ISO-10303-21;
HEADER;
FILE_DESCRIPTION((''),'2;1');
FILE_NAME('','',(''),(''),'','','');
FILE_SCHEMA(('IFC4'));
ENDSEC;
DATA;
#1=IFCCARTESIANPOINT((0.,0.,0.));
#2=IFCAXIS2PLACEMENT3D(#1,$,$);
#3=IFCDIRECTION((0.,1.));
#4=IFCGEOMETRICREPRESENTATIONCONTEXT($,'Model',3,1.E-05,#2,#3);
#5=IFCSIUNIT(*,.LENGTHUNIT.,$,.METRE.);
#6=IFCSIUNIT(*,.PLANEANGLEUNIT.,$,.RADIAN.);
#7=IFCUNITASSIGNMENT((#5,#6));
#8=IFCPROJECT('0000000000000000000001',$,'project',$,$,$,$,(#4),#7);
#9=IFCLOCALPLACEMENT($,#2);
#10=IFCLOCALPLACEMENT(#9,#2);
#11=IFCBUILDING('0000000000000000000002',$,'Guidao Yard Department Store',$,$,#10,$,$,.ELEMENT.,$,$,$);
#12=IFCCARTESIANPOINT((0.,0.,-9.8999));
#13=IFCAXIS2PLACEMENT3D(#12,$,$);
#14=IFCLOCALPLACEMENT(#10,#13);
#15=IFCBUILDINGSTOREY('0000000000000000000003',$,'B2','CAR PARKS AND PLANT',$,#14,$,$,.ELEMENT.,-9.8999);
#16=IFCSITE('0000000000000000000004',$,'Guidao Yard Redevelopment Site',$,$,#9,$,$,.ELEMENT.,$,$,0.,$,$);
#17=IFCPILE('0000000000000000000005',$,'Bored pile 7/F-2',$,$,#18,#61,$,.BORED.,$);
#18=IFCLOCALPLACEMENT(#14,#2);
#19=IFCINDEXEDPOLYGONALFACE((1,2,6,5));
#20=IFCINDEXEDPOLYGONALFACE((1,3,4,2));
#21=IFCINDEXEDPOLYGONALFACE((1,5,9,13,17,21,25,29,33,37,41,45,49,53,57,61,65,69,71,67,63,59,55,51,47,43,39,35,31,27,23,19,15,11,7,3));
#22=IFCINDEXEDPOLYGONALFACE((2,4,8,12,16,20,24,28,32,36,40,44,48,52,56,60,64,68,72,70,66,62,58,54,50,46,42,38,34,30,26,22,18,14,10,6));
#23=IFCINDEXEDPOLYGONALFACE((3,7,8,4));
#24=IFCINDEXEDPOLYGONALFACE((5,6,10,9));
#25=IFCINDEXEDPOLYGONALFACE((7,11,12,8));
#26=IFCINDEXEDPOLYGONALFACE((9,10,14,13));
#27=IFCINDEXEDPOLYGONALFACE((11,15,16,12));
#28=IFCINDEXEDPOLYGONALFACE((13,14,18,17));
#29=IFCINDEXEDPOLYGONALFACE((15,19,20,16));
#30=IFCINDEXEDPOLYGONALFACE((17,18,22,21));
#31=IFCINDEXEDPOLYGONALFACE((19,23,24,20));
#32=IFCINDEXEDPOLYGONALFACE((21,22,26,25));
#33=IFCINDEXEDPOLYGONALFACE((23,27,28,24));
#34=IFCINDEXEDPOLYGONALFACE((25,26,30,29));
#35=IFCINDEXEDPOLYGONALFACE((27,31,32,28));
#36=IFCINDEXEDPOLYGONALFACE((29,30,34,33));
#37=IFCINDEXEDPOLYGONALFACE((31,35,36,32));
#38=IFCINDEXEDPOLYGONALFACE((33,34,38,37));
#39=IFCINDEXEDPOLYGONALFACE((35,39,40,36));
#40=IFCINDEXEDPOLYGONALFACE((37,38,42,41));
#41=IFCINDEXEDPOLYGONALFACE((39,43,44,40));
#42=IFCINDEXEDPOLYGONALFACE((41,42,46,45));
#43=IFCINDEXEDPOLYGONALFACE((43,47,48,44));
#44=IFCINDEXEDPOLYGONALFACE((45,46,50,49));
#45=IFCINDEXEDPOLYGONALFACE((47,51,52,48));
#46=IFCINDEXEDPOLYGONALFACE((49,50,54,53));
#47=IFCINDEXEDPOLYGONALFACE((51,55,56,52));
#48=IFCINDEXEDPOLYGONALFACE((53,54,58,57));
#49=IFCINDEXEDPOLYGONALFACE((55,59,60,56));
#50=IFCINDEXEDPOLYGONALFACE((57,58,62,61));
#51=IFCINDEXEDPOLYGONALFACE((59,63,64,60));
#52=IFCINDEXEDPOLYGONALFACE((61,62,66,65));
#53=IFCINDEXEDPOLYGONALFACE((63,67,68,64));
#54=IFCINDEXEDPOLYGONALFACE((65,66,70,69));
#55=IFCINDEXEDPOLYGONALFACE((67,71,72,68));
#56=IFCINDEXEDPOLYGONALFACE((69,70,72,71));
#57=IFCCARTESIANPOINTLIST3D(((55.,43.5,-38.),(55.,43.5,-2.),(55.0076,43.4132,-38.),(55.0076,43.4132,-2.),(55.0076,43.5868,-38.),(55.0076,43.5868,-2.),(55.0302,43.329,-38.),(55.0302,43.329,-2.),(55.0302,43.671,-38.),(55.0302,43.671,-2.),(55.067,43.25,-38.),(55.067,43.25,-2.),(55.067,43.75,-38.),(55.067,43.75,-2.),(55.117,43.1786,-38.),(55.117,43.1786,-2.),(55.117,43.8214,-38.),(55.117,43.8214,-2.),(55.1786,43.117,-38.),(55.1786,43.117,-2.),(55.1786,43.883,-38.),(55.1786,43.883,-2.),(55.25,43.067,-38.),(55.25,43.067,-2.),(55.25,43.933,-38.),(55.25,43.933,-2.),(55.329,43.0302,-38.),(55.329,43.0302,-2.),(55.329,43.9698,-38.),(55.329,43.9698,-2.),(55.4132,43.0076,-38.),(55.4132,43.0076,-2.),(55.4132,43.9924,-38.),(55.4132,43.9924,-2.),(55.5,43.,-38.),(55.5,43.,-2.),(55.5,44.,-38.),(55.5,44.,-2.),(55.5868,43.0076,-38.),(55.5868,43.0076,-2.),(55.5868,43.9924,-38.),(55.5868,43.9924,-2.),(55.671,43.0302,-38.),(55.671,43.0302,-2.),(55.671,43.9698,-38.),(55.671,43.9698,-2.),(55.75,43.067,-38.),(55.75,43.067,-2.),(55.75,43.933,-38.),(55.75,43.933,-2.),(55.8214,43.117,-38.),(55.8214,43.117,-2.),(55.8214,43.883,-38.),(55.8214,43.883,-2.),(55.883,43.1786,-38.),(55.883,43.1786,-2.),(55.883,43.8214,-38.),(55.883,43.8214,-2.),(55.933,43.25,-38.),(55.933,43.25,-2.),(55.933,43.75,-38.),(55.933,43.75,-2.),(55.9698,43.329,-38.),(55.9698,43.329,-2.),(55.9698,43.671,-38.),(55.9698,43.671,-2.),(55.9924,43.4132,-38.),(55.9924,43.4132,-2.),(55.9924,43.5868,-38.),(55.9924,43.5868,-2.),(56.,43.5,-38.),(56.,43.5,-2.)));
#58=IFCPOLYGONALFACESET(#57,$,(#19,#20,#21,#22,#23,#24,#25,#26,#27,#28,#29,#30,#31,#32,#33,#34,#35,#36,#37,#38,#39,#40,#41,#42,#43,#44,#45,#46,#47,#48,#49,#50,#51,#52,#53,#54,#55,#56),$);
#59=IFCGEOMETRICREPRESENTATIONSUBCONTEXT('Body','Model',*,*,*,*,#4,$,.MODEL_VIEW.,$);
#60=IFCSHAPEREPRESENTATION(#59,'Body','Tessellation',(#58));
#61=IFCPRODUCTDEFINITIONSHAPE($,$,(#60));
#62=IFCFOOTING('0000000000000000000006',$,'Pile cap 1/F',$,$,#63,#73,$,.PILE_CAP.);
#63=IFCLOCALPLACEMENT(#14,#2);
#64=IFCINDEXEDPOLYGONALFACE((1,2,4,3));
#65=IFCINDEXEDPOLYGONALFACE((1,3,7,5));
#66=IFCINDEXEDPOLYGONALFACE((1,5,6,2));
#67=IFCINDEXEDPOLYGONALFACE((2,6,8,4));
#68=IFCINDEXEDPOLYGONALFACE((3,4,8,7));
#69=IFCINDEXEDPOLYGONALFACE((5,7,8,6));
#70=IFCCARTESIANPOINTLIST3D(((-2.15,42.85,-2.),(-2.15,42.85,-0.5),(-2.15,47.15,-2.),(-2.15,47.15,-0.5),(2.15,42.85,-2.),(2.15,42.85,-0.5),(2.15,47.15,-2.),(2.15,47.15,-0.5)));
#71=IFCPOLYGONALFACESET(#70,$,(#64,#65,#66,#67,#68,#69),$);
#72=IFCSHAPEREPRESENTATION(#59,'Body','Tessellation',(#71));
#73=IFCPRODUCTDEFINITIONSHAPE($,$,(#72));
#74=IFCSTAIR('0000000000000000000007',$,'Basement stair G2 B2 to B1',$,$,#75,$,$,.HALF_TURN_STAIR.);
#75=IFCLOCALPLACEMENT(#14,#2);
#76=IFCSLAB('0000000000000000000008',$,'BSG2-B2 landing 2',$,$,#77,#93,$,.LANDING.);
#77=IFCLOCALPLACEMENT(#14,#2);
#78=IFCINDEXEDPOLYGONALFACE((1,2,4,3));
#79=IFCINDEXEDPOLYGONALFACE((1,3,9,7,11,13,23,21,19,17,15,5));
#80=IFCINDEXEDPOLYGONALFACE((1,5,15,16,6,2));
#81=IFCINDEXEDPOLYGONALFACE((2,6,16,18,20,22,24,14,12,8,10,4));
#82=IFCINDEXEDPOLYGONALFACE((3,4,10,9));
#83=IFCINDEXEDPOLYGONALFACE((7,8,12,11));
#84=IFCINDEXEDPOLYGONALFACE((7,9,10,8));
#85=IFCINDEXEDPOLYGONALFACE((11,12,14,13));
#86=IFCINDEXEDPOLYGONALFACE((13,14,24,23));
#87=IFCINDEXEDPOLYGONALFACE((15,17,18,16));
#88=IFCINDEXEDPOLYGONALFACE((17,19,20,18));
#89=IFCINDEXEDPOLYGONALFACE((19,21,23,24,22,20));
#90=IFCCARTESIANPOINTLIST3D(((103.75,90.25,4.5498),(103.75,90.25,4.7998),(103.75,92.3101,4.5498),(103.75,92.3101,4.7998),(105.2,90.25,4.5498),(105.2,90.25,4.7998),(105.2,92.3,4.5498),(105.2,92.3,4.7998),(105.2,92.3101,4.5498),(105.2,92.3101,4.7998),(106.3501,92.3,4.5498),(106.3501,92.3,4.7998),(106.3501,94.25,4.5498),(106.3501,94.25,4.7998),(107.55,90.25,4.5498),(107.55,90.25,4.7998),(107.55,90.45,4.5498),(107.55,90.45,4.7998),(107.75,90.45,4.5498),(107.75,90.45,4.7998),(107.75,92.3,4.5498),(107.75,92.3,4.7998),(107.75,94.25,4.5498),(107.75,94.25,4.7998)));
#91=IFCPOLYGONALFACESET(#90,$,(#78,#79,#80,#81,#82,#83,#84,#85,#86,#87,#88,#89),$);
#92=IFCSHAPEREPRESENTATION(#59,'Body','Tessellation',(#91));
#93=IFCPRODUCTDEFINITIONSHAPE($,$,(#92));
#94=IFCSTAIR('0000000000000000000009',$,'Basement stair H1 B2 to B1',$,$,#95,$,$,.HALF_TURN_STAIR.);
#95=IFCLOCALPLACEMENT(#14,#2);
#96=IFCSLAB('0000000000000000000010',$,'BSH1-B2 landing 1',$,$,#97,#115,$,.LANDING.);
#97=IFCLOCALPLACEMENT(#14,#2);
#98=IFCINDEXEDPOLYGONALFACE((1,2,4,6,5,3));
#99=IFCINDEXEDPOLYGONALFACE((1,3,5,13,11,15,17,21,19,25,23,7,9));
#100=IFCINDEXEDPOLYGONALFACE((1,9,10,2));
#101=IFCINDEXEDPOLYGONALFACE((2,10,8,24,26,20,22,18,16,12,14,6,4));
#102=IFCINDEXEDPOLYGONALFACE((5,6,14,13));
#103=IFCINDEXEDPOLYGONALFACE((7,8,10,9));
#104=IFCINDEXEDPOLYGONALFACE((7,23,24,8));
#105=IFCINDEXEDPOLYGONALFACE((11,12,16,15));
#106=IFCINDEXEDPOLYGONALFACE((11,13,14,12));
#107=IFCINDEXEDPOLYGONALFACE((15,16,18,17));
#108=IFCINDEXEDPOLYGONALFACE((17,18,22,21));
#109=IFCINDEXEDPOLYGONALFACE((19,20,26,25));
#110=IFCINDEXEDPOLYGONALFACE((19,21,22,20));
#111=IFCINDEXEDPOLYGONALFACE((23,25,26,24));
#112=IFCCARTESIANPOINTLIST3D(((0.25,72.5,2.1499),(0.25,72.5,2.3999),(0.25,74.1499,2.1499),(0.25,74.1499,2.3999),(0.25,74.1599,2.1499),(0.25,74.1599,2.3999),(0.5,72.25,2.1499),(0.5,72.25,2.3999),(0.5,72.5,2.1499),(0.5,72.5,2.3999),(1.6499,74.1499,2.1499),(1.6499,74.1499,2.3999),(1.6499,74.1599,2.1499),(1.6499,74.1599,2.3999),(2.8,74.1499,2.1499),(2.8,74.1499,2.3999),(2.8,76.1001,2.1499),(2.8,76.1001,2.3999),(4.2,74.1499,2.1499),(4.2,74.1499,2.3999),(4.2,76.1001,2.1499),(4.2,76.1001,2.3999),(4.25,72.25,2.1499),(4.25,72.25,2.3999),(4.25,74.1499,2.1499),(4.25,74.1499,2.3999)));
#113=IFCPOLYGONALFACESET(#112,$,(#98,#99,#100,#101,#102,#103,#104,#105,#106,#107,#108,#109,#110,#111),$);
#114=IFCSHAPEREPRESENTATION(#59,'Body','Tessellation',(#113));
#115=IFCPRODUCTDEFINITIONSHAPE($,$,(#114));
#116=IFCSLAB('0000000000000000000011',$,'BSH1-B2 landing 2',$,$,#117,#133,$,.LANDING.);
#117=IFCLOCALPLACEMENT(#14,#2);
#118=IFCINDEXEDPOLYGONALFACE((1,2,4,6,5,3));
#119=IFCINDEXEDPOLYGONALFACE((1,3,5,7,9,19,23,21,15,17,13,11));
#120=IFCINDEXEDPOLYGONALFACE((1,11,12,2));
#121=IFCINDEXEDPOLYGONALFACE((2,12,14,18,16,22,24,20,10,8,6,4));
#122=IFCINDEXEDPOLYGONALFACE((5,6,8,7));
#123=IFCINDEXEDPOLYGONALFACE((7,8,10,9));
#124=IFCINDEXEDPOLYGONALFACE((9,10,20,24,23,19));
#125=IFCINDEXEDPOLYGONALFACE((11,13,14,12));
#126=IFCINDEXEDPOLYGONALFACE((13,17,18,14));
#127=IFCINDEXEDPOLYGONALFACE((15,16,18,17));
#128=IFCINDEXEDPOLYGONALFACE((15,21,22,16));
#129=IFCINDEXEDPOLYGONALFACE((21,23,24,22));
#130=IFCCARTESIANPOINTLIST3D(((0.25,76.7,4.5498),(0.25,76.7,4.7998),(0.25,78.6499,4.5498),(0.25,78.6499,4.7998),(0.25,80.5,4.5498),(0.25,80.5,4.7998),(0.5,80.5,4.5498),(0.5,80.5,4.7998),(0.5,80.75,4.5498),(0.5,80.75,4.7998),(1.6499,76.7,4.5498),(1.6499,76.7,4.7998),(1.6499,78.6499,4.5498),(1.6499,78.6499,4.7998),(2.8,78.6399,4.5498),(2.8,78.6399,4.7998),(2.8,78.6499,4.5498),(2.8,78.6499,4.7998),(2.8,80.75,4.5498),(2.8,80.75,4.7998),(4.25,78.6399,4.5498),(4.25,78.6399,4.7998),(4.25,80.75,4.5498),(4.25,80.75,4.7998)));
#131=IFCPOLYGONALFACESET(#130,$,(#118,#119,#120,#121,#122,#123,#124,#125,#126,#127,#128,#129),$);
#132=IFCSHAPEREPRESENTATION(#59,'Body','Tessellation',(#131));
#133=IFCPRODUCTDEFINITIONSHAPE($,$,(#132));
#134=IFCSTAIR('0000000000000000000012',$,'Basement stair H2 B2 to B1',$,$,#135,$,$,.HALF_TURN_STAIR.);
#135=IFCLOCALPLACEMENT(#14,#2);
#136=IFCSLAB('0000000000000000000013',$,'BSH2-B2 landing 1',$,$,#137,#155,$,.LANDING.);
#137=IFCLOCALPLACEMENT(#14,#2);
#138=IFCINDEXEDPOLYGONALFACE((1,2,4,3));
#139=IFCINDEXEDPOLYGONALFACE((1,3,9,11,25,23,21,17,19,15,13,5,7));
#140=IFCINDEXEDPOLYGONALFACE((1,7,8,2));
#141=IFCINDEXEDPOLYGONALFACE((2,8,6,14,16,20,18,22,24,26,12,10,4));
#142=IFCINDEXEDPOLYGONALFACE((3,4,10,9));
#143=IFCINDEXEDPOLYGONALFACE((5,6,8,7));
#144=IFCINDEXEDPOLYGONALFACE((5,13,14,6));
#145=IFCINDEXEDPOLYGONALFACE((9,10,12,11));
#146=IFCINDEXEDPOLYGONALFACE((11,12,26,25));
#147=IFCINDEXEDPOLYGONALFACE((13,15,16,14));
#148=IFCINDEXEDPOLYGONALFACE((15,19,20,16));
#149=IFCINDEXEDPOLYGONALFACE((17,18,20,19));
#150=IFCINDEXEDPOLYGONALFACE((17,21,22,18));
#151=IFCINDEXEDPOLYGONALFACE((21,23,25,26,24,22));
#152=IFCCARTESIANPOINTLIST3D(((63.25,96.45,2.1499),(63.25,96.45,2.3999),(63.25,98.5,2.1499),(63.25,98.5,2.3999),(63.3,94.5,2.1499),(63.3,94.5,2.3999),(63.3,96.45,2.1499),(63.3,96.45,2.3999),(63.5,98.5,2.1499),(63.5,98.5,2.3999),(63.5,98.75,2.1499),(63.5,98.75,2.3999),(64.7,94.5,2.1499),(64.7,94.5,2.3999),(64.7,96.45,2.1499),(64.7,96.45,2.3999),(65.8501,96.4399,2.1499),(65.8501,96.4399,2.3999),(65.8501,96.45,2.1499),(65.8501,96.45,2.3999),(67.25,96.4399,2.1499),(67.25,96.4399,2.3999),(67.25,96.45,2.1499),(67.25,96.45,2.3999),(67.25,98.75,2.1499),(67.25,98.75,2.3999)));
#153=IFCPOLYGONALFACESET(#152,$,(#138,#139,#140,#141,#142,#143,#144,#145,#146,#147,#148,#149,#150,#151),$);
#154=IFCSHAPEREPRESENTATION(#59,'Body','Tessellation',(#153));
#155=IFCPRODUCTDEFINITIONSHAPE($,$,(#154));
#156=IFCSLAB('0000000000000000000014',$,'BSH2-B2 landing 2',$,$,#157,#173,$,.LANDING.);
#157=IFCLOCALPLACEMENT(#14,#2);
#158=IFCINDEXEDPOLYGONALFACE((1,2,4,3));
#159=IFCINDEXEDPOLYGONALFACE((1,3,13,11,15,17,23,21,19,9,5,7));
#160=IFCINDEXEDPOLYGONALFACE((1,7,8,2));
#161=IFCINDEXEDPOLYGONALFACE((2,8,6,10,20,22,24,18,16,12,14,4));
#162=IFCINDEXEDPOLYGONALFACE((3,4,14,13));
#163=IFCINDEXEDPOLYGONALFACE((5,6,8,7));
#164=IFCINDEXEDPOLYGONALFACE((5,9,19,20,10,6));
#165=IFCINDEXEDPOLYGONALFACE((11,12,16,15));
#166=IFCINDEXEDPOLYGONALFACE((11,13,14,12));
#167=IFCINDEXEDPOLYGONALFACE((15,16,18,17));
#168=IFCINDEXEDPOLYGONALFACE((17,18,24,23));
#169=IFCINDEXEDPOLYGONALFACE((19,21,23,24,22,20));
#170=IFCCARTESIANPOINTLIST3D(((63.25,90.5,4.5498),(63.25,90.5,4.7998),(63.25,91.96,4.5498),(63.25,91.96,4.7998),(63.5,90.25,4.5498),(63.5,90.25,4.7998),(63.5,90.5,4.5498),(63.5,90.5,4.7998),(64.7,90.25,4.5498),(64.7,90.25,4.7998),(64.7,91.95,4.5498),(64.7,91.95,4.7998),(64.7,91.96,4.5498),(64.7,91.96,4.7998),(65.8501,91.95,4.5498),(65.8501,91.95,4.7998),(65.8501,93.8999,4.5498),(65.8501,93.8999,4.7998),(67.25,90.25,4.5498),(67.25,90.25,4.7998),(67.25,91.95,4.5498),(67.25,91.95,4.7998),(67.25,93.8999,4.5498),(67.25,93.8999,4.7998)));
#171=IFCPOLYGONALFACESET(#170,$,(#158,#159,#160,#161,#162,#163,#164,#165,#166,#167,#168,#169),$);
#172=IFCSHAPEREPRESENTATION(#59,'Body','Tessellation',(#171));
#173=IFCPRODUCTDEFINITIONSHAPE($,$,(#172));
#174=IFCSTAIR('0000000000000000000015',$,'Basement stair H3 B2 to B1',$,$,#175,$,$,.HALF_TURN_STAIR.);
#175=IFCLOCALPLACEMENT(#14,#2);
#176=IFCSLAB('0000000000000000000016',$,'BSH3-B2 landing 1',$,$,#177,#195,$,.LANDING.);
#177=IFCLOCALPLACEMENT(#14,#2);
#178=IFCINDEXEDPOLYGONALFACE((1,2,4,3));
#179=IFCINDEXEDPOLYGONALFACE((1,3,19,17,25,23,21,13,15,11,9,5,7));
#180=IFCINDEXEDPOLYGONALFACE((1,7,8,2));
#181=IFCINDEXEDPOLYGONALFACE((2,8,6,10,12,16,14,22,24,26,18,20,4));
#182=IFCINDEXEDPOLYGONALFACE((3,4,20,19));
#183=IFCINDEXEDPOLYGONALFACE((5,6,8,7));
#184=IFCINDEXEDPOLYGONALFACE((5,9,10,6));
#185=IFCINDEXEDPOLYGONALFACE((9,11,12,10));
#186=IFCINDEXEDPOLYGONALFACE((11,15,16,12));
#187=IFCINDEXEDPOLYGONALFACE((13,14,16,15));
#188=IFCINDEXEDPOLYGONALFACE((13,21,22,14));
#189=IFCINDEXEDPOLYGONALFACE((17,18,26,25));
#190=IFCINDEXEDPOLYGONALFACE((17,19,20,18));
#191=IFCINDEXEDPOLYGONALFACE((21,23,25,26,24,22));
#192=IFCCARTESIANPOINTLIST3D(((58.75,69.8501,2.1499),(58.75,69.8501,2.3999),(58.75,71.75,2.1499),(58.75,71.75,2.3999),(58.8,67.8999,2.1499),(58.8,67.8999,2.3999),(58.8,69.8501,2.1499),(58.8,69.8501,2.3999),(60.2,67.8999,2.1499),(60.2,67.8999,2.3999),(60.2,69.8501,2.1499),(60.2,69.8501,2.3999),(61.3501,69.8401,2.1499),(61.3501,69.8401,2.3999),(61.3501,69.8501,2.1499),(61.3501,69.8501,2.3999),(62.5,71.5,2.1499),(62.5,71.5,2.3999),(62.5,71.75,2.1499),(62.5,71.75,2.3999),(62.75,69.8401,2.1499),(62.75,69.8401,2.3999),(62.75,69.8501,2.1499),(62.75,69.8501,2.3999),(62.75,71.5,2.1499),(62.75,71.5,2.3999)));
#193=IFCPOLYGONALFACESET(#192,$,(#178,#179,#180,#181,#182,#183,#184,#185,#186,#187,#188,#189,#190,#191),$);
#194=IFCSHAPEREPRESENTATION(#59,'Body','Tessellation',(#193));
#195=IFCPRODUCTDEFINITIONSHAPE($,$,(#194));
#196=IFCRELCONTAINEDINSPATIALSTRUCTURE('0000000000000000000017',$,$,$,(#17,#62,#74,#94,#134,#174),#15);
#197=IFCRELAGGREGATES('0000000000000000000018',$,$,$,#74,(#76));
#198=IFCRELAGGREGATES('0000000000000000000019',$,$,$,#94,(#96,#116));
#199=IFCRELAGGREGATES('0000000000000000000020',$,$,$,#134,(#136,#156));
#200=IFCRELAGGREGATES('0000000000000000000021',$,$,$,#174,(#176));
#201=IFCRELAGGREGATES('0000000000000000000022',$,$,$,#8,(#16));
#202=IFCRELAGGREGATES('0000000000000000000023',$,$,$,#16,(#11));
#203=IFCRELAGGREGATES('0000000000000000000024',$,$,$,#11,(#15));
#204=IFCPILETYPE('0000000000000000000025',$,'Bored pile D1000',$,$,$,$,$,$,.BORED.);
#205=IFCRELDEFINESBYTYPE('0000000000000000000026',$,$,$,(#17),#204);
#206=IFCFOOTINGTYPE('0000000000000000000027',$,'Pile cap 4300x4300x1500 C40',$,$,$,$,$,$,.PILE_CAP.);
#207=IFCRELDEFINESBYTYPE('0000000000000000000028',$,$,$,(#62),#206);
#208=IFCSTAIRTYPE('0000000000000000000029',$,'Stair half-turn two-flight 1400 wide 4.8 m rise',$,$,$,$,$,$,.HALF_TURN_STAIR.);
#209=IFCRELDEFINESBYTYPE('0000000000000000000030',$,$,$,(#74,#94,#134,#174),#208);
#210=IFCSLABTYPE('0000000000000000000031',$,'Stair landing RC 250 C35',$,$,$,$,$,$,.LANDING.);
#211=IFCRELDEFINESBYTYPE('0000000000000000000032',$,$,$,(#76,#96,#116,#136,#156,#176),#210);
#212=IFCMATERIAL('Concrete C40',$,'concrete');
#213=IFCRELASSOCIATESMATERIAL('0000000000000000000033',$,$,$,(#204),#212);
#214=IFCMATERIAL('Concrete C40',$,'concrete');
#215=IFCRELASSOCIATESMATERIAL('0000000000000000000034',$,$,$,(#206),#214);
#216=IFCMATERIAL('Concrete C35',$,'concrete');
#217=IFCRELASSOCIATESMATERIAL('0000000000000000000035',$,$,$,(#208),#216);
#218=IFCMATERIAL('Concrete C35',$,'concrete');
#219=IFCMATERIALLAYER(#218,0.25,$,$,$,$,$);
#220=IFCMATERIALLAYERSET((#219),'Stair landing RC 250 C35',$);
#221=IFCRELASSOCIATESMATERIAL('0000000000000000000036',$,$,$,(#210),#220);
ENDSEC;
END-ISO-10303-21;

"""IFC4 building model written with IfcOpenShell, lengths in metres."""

from ifc_helpers import new_model, si_unit, direction, frame, origin, origin_2d, place, context, subcontext, project, spatial, polyline, rectangle, circle, outline, extrude, material, layer, layer_set, material_profile, profile_set, type_object, element, aggregate, save


model = new_model("IFC4")

# Units and contexts
model_context = context("Model", 3, precision=1e-05, world=origin(), true_north=direction((0.0, 1.0)))
body_context = subcontext(model_context, "Body", "Model", "MODEL_VIEW")
ifc_project = project(units=[si_unit("LENGTHUNIT", "METRE"), si_unit("PLANEANGLEUNIT", "RADIAN")], contexts=[model_context])

# Site, building, storey
site_placement = place(None, origin())
site = spatial("IfcSite", under=ifc_project, at=site_placement, Name="Guidao Yard Redevelopment Site", CompositionType="ELEMENT", RefElevation=0.0)
building_placement = place(site_placement, origin())
building = spatial("IfcBuilding", under=site, at=building_placement, Name="Guidao Yard Department Store", CompositionType="ELEMENT")
storey_placement = place(building_placement, frame((0.0, 0.0, -9.8999)))
storey = spatial("IfcBuildingStorey", under=building, at=storey_placement, Name="B2", Description="CAR PARKS AND PLANT", CompositionType="ELEMENT", Elevation=-9.8999)

# Pile
ifc_material_1 = material(Name="Concrete C40", Category="concrete")
ifc_material_profile = material_profile(ifc_material_1, circle(Radius=0.5, at=origin_2d()), Name="Bored pile D1000")
ifc_profile_set = profile_set([ifc_material_profile], Name="Concrete C40")
pile_type = type_object("IfcPileType", Name="Bored pile D1000", PredefinedType="BORED", material=ifc_profile_set)
for number, where, z_axis, x_axis, name in (
    (1, (55.5, 43.5, -2.0), (0.0, 0.0, -1.0), (1.0, 0.0, 0.0), "Bored pile 7/F-2"),
):
    element("IfcPile", number, at=place(storey_placement, frame(where, z_axis=z_axis, x_axis=x_axis)), inside=storey, type_object=pile_type, Name=name, PredefinedType="BORED", context=body_context, shape_type="SweptSolid", body=[
        extrude(circle(Radius=0.5, at=origin_2d()), origin(), (0.0, 0.0, 1.0), 36.0),
    ])

# Footing
ifc_material_2 = material(Name="Concrete C40", Category="concrete")
footing_type = type_object("IfcFootingType", Name="Pile cap 4300x4300x1500 C40", PredefinedType="PILE_CAP", material=ifc_material_2)
footing_placement = place(storey_placement, frame((0.0, 45.0, -2.0), z_axis=(0.0, 0.0, 1.0), x_axis=(1.0, 0.0, 0.0)))
element("IfcFooting", 2, at=footing_placement, inside=storey, type_object=footing_type, Name="Pile cap 1/F", PredefinedType="PILE_CAP", context=body_context, shape_type="SweptSolid", body=[
    extrude(rectangle(XDim=4.3, YDim=4.3, at=origin_2d()), origin(), (0.0, 0.0, 1.0), 1.5),
])

# Stair, slab
ifc_material_3 = material(Name="Concrete C35", Category="concrete")
stair_type = type_object("IfcStairType", Name="Stair half-turn two-flight 1400 wide 4.8 m rise", PredefinedType="HALF_TURN_STAIR", material=ifc_material_3)
stair_1_placement = place(storey_placement, origin())
stair_1 = element("IfcStair", 3, at=stair_1_placement, inside=storey, type_object=stair_type, Name="Basement stair G2 B2 to B1", PredefinedType="HALF_TURN_STAIR")
ifc_material_4 = material(Name="Concrete C35", Category="concrete")
ifc_layer_1 = layer(ifc_material_4, 0.25)
ifc_layer_set_1 = layer_set([ifc_layer_1], Name="Stair landing RC 250 C35")
slab_type = type_object("IfcSlabType", Name="Stair landing RC 250 C35", PredefinedType="LANDING", material=ifc_layer_set_1)
slab_1_placement = place(storey_placement, frame((0.0, 0.0, 4.5498)))
slab_1 = element("IfcSlab", 4, at=slab_1_placement, type_object=slab_type, Name="BSG2-B2 landing 2", PredefinedType="LANDING", context=body_context, shape_type="SweptSolid", body=[
    extrude(outline(polyline([(103.75, 90.25), (103.75, 92.3101), (105.2, 92.3101), (105.2, 92.3), (106.3501, 92.3), (106.3501, 94.25), (107.75, 94.25), (107.75, 92.3), (107.75, 90.45), (107.55, 90.45), (107.55, 90.25), (105.2, 90.25), (103.75, 90.25)])), origin(), (0.0, 0.0, 1.0), 0.25),
])
aggregate(stair_1, [slab_1])

# Stairs, slabs
stair_2_placement = place(storey_placement, origin())
stair_2 = element("IfcStair", 5, at=stair_2_placement, inside=storey, type_object=stair_type, Name="Basement stair H1 B2 to B1", PredefinedType="HALF_TURN_STAIR")
slab_2_placement = place(storey_placement, frame((0.0, 0.0, 2.1499)))
slab_2 = element("IfcSlab", 6, at=slab_2_placement, type_object=slab_type, Name="BSH1-B2 landing 1", PredefinedType="LANDING", context=body_context, shape_type="SweptSolid", body=[
    extrude(outline(polyline([(0.5, 72.25), (0.5, 72.5), (0.25, 72.5), (0.25, 74.1499), (0.25, 74.1599), (1.6499, 74.1599), (1.6499, 74.1499), (2.8, 74.1499), (2.8, 76.1001), (4.2, 76.1001), (4.2, 74.1499), (4.25, 74.1499), (4.25, 72.25), (0.5, 72.25)])), origin(), (0.0, 0.0, 1.0), 0.25),
])
slab_3_placement = place(storey_placement, frame((0.0, 0.0, 4.5498)))
slab_3 = element("IfcSlab", 7, at=slab_3_placement, type_object=slab_type, Name="BSH1-B2 landing 2", PredefinedType="LANDING", context=body_context, shape_type="SweptSolid", body=[
    extrude(outline(polyline([(0.25, 78.6499), (0.25, 80.5), (0.5, 80.5), (0.5, 80.75), (2.8, 80.75), (4.25, 80.75), (4.25, 78.6399), (2.8, 78.6399), (2.8, 78.6499), (1.6499, 78.6499), (1.6499, 76.7), (0.25, 76.7), (0.25, 78.6499)])), origin(), (0.0, 0.0, 1.0), 0.25),
])
aggregate(stair_2, [slab_2, slab_3])
stair_3_placement = place(storey_placement, origin())
stair_3 = element("IfcStair", 8, at=stair_3_placement, inside=storey, type_object=stair_type, Name="Basement stair H2 B2 to B1", PredefinedType="HALF_TURN_STAIR")
slab_4_placement = place(storey_placement, frame((0.0, 0.0, 2.1499)))
slab_4 = element("IfcSlab", 9, at=slab_4_placement, type_object=slab_type, Name="BSH2-B2 landing 1", PredefinedType="LANDING", context=body_context, shape_type="SweptSolid", body=[
    extrude(outline(polyline([(63.3, 96.45), (63.25, 96.45), (63.25, 98.5), (63.5, 98.5), (63.5, 98.75), (67.25, 98.75), (67.25, 96.45), (67.25, 96.4399), (65.8501, 96.4399), (65.8501, 96.45), (64.7, 96.45), (64.7, 94.5), (63.3, 94.5), (63.3, 96.45)])), origin(), (0.0, 0.0, 1.0), 0.25),
])
slab_5_placement = place(storey_placement, frame((0.0, 0.0, 4.5498)))
slab_5 = element("IfcSlab", 10, at=slab_5_placement, type_object=slab_type, Name="BSH2-B2 landing 2", PredefinedType="LANDING", context=body_context, shape_type="SweptSolid", body=[
    extrude(outline(polyline([(63.5, 90.25), (63.5, 90.5), (63.25, 90.5), (63.25, 91.96), (64.7, 91.96), (64.7, 91.95), (65.8501, 91.95), (65.8501, 93.8999), (67.25, 93.8999), (67.25, 91.95), (67.25, 90.25), (64.7, 90.25), (63.5, 90.25)])), origin(), (0.0, 0.0, 1.0), 0.25),
])
aggregate(stair_3, [slab_4, slab_5])
stair_4_placement = place(storey_placement, origin())
stair_4 = element("IfcStair", 11, at=stair_4_placement, inside=storey, type_object=stair_type, Name="Basement stair H3 B2 to B1", PredefinedType="HALF_TURN_STAIR")
slab_6_placement = place(storey_placement, frame((0.0, 0.0, 2.1499)))
slab_6 = element("IfcSlab", 12, at=slab_6_placement, type_object=slab_type, Name="BSH3-B2 landing 1", PredefinedType="LANDING", context=body_context, shape_type="SweptSolid", body=[
    extrude(outline(polyline([(58.8, 69.8501), (58.75, 69.8501), (58.75, 71.75), (62.5, 71.75), (62.5, 71.5), (62.75, 71.5), (62.75, 69.8501), (62.75, 69.8401), (61.3501, 69.8401), (61.3501, 69.8501), (60.2, 69.8501), (60.2, 67.8999), (58.8, 67.8999), (58.8, 69.8501)])), origin(), (0.0, 0.0, 1.0), 0.25),
])
aggregate(stair_4, [slab_6])

save(model, "model.ifc")
